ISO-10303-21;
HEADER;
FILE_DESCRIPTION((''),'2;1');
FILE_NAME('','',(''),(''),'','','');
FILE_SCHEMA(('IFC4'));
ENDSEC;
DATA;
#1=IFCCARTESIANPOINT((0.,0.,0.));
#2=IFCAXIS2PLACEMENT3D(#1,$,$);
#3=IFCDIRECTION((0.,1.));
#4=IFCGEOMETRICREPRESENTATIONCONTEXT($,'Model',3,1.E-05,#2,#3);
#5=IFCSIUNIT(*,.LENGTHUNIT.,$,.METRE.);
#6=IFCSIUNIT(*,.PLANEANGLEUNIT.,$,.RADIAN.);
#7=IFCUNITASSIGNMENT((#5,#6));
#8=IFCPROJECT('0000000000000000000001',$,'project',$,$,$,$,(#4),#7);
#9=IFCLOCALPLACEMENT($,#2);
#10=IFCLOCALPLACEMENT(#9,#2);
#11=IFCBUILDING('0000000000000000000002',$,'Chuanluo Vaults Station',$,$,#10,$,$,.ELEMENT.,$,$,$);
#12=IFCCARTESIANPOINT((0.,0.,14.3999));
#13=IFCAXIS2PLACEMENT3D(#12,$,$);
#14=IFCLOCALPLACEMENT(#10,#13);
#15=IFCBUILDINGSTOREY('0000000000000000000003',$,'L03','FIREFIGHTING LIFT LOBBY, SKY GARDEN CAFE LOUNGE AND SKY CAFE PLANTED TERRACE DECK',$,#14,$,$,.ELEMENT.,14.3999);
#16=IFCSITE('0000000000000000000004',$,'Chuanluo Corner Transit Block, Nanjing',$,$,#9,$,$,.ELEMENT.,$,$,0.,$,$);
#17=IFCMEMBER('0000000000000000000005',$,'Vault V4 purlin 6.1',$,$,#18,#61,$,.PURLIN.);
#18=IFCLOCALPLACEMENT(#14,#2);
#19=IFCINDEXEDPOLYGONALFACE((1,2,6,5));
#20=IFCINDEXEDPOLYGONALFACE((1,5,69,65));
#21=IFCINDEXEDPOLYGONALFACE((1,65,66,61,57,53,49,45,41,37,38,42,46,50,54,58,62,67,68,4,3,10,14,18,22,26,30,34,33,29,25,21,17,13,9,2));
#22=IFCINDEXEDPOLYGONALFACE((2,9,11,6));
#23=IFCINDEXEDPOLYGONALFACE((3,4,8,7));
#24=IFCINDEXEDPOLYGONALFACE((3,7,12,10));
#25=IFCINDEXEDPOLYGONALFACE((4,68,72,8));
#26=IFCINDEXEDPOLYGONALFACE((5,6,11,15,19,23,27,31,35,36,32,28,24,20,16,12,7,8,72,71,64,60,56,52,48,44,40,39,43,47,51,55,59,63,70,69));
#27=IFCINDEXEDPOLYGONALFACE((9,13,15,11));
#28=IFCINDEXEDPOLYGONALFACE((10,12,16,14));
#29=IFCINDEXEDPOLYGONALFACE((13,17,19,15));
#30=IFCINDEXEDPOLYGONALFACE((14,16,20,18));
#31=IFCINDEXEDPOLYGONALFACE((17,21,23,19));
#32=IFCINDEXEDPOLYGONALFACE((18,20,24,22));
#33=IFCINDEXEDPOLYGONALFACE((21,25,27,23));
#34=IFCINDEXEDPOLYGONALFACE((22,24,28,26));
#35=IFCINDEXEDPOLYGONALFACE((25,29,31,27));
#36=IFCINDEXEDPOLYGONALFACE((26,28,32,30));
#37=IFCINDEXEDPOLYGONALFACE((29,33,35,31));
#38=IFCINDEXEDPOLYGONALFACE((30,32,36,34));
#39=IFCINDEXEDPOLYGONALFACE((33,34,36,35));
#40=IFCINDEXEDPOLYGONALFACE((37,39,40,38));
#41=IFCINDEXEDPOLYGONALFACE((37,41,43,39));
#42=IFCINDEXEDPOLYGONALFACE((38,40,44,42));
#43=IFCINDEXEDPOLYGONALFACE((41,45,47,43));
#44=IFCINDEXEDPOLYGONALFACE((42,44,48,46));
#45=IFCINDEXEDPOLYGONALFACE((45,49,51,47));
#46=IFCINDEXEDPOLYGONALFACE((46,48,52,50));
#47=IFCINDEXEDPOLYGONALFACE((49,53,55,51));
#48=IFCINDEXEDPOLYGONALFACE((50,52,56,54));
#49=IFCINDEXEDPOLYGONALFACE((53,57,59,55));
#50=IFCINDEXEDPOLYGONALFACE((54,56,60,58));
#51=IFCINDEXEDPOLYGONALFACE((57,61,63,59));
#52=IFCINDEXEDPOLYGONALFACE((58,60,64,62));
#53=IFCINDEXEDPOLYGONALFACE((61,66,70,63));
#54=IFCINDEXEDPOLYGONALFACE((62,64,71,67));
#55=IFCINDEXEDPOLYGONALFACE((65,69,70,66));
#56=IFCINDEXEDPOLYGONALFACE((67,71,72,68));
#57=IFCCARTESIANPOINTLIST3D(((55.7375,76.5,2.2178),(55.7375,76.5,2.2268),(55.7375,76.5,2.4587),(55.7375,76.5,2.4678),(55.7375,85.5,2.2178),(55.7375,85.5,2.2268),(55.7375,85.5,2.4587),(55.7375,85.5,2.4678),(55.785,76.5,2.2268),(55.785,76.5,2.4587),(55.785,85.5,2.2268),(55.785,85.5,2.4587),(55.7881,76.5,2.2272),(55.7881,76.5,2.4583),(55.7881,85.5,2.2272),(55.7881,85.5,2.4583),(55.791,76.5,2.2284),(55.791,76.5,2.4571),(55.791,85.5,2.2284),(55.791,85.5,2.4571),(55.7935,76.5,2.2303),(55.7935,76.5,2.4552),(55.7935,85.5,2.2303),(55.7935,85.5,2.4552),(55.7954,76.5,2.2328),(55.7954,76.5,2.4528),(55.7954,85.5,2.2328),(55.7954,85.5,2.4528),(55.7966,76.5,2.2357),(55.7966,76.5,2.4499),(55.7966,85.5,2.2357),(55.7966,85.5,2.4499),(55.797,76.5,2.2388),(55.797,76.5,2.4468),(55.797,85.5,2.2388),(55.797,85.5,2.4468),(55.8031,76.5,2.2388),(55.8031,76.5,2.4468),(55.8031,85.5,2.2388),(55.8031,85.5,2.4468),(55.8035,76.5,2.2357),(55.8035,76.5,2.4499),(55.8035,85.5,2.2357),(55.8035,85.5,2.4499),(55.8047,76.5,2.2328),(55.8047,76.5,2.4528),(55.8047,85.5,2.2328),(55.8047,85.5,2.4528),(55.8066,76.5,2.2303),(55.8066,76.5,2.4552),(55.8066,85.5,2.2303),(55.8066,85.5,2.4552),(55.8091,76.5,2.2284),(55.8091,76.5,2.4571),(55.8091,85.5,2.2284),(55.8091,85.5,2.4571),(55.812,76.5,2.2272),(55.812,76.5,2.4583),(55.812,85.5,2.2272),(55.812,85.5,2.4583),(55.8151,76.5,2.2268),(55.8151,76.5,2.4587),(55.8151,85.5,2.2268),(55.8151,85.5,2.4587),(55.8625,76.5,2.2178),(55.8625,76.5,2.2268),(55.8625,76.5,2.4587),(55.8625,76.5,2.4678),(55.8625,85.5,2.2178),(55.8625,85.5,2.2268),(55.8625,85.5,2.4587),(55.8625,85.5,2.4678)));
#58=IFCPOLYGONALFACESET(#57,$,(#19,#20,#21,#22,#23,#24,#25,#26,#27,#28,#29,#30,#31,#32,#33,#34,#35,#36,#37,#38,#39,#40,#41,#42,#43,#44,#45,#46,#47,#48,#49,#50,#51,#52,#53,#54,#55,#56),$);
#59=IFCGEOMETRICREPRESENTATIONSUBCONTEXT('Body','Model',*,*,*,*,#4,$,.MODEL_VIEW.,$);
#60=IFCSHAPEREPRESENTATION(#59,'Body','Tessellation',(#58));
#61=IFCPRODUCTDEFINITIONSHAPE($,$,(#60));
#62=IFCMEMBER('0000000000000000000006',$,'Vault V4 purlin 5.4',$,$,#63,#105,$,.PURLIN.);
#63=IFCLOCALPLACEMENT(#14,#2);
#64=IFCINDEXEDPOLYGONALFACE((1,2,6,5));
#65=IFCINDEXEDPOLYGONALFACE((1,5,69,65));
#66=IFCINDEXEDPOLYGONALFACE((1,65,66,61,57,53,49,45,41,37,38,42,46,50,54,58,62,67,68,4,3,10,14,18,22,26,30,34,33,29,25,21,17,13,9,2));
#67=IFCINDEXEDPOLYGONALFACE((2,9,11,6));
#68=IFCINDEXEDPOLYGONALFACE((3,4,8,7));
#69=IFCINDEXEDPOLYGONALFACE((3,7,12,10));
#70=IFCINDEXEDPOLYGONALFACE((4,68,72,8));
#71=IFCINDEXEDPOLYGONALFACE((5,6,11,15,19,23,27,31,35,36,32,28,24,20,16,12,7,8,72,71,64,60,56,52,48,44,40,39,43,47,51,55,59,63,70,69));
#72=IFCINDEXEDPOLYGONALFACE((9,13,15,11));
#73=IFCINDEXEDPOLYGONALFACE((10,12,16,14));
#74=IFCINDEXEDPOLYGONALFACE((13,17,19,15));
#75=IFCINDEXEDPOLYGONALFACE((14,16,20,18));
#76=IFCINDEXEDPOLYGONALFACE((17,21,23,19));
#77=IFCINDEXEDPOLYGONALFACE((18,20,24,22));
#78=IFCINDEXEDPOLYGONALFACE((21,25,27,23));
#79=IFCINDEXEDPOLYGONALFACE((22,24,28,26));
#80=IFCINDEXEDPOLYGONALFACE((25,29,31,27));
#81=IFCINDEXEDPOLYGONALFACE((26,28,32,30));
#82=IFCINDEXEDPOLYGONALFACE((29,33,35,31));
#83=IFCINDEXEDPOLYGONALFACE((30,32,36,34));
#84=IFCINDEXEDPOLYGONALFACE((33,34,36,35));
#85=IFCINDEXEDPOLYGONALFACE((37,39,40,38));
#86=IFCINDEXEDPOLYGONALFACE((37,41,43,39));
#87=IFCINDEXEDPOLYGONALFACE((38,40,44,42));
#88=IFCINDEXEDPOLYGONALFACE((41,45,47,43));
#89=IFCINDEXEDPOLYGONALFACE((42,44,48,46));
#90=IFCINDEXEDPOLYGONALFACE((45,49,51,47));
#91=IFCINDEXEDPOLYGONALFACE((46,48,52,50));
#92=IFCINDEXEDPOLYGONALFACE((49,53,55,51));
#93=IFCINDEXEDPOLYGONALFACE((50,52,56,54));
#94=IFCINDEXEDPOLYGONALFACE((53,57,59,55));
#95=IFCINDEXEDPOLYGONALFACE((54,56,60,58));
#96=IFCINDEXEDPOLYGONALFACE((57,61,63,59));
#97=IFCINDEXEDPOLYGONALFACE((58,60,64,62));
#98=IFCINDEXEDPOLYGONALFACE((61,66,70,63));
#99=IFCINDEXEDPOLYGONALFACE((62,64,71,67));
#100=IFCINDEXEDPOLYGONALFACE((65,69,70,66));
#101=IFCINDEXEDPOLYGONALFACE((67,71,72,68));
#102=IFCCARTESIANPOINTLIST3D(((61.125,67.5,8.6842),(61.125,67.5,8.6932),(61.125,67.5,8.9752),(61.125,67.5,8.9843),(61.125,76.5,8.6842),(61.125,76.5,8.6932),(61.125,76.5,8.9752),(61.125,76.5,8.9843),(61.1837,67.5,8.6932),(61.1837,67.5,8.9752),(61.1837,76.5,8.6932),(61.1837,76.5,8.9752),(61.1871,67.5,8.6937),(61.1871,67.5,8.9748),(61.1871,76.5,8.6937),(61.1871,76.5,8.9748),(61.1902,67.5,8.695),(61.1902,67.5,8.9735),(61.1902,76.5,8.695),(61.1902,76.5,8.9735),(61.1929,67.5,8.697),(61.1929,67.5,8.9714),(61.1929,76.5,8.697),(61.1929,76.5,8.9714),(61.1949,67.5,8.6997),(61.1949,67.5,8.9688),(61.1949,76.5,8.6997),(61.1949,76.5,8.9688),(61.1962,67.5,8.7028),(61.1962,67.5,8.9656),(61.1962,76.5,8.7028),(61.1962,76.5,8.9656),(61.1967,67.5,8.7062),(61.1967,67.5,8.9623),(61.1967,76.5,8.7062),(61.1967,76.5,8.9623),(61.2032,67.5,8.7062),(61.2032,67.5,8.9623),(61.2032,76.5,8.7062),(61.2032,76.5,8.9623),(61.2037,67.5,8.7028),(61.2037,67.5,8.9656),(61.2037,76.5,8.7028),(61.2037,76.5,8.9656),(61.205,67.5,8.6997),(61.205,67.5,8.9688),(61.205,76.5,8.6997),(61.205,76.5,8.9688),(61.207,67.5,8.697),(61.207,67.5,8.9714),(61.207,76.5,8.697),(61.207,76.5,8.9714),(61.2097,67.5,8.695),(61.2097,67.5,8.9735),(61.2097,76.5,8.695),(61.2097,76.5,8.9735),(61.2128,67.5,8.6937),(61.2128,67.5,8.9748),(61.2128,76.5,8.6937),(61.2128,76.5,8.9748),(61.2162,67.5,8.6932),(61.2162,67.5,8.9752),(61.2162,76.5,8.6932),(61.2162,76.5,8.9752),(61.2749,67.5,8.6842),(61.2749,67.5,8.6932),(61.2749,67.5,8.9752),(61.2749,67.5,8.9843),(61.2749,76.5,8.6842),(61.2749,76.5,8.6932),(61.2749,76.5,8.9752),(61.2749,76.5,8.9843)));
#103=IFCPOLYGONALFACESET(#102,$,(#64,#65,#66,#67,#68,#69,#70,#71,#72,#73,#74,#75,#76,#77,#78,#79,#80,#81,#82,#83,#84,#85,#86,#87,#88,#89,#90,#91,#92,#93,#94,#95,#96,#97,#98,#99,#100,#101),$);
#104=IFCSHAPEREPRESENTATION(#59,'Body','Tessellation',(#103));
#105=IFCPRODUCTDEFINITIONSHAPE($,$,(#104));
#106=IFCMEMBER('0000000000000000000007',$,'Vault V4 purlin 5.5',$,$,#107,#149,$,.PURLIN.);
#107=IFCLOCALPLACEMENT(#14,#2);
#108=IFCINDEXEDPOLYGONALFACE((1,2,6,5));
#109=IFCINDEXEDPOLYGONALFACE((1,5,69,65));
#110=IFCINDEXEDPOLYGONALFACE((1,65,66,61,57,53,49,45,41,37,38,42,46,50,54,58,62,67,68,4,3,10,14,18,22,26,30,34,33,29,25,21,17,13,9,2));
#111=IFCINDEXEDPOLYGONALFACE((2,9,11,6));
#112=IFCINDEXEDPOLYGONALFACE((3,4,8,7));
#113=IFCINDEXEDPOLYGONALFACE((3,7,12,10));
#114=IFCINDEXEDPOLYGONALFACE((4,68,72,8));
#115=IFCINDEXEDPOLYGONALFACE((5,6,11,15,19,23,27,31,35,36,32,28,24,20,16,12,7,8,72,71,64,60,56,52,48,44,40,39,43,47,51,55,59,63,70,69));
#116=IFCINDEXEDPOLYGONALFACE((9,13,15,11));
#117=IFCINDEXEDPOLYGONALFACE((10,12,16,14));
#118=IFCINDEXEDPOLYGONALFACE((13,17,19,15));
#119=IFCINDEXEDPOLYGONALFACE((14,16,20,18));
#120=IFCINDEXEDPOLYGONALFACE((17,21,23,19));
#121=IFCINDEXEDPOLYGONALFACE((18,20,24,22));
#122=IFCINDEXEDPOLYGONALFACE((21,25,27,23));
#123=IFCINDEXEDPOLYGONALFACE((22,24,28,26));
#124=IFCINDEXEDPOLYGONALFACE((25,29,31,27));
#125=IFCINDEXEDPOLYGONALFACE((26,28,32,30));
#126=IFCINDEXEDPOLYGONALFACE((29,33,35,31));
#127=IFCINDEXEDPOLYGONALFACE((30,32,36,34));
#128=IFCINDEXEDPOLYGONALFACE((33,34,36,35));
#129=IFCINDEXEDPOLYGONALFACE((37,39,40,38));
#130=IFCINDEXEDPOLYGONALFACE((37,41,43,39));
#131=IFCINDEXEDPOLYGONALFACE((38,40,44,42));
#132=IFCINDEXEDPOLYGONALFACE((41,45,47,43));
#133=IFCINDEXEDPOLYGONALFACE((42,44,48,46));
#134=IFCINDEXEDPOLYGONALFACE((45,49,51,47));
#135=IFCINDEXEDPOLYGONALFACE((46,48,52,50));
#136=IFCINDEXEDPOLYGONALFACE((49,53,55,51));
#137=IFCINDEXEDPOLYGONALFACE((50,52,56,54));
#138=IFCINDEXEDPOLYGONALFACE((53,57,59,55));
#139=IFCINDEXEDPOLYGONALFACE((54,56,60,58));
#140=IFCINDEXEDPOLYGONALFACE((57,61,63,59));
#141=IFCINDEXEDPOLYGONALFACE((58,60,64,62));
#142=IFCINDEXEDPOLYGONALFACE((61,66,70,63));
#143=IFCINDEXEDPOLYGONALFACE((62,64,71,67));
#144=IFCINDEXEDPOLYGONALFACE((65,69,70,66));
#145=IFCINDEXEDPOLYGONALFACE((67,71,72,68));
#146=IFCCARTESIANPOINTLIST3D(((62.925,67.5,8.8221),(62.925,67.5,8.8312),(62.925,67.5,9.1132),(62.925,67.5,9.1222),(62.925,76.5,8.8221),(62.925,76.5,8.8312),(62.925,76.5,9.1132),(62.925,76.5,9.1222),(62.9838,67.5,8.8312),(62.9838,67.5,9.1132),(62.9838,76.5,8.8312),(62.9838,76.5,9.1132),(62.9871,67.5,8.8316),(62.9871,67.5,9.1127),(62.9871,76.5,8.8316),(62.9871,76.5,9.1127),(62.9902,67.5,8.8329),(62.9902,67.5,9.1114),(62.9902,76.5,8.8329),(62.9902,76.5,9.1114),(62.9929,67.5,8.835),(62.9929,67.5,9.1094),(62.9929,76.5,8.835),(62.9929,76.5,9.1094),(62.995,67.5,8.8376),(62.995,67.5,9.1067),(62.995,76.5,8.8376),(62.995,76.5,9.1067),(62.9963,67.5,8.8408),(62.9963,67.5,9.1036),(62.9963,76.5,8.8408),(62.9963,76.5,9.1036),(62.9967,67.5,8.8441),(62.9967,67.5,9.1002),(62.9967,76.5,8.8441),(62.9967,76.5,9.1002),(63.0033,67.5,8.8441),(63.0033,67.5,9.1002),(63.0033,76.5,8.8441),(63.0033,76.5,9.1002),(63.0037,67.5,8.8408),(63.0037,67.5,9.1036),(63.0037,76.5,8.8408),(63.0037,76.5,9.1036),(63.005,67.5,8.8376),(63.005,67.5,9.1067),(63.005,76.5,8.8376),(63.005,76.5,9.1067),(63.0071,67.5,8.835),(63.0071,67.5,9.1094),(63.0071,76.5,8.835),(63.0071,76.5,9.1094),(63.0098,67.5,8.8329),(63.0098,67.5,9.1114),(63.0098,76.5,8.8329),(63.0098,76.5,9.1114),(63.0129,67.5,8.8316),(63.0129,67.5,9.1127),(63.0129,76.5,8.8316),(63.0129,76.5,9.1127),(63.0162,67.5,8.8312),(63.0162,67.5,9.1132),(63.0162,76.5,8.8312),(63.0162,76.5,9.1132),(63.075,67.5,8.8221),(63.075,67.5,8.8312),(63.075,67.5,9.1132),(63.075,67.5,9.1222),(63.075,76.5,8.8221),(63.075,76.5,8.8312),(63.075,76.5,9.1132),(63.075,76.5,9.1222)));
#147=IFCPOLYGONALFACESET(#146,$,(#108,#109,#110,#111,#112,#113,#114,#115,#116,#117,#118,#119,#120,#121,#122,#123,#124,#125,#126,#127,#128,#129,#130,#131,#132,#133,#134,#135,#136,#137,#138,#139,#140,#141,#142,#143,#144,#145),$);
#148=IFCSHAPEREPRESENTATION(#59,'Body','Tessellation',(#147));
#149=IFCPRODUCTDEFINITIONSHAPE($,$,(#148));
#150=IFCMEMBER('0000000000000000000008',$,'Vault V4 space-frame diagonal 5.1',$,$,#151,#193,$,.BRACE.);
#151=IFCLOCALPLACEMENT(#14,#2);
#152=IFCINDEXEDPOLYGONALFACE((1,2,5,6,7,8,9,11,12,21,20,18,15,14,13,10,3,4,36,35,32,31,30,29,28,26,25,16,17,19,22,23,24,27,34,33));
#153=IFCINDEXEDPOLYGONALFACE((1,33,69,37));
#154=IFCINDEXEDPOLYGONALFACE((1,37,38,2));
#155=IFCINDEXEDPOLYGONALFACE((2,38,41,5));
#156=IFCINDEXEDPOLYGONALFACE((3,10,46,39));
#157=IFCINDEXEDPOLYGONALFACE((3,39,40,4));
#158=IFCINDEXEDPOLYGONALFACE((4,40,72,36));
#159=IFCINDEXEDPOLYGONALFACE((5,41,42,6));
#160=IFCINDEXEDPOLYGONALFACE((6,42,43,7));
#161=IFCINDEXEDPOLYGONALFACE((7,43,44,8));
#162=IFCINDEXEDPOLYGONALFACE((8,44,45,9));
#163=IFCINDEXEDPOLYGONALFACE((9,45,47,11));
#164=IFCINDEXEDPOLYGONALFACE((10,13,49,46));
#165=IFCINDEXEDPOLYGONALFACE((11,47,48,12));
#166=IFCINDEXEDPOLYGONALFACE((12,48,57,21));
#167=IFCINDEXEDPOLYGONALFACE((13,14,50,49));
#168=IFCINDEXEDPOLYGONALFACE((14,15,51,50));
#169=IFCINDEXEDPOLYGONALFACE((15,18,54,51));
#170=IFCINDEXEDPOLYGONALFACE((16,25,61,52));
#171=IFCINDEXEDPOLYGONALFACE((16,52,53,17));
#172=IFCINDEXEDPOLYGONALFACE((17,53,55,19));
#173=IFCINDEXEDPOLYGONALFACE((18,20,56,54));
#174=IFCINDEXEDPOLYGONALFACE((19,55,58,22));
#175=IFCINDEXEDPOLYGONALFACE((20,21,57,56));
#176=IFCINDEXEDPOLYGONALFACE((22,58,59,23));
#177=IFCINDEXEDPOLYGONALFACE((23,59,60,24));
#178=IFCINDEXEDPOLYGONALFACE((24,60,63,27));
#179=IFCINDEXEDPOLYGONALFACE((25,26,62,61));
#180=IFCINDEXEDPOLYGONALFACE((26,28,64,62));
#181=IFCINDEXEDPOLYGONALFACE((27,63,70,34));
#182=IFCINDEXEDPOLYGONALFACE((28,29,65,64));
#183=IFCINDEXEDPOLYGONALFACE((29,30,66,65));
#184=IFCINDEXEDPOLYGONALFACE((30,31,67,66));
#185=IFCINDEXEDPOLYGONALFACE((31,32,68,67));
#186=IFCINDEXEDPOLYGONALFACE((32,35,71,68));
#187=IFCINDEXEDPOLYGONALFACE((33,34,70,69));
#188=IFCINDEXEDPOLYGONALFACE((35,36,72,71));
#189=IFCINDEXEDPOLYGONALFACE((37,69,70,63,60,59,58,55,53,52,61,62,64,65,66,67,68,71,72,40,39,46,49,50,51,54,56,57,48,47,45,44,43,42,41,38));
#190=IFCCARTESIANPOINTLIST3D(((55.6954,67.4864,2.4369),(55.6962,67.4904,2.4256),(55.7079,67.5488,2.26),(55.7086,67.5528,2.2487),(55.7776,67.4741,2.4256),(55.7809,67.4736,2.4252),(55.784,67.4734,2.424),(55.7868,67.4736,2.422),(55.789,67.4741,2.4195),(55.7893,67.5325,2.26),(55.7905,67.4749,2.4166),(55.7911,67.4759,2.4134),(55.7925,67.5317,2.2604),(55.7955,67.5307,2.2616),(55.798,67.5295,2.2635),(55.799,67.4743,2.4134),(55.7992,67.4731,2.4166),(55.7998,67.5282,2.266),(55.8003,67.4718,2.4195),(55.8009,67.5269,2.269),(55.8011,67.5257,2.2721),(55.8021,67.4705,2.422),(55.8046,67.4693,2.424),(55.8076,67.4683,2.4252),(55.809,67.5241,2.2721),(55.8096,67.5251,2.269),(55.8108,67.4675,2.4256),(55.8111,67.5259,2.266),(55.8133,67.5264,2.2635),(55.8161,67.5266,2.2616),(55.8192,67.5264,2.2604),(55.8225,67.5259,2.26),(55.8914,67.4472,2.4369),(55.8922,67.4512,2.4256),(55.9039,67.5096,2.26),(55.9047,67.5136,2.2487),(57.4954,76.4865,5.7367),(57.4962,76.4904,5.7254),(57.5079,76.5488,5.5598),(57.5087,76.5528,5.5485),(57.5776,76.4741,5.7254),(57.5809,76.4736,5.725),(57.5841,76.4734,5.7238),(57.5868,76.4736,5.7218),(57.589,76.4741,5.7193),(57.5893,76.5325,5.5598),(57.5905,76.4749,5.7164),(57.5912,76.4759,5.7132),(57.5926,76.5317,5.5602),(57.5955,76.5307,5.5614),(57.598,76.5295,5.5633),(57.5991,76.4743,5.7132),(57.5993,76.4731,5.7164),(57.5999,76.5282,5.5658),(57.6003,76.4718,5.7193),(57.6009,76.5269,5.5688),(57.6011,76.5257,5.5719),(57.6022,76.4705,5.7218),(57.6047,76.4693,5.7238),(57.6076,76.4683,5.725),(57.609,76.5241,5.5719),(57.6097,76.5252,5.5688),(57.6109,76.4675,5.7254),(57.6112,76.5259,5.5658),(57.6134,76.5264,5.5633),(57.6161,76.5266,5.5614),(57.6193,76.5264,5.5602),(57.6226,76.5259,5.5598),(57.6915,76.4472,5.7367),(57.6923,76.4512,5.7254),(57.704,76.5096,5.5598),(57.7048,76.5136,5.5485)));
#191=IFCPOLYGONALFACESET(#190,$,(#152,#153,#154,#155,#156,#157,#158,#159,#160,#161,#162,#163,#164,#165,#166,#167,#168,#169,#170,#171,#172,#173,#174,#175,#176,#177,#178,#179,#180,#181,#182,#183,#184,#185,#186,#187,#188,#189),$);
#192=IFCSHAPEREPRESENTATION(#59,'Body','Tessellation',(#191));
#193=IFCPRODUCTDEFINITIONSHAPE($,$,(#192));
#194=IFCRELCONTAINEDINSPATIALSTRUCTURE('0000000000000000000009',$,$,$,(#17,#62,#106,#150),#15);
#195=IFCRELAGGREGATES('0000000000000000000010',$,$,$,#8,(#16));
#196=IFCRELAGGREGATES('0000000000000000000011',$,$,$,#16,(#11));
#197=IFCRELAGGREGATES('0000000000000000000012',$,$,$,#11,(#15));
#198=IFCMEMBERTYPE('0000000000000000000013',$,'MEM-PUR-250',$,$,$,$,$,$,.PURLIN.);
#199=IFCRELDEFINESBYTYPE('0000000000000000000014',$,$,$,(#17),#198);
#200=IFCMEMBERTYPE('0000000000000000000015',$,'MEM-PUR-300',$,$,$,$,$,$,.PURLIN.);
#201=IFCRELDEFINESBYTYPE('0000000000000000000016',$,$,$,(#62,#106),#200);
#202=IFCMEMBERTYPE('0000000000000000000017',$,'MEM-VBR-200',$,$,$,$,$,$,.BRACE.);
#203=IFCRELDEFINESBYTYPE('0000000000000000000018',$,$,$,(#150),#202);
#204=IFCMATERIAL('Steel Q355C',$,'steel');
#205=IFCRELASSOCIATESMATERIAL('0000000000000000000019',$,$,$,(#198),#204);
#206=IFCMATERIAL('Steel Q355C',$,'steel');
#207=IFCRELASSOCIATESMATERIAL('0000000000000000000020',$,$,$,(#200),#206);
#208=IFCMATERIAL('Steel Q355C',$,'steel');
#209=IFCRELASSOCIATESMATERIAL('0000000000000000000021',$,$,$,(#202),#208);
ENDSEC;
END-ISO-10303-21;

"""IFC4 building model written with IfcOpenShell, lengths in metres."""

from ifc_helpers import new_model, si_unit, direction, frame, origin, origin_2d, place, context, subcontext, project, spatial, i_section, extrude, material, material_profile, profile_set, type_object, element, save


model = new_model("IFC4")

# Units and contexts
model_context = context("Model", 3, precision=1e-05, world=origin(), true_north=direction((0.0, 1.0)))
body_context = subcontext(model_context, "Body", "Model", "MODEL_VIEW")
ifc_project = project(units=[si_unit("LENGTHUNIT", "METRE"), si_unit("PLANEANGLEUNIT", "RADIAN")], contexts=[model_context])

# Site, building, storey
site_placement = place(None, origin())
site = spatial("IfcSite", under=ifc_project, at=site_placement, Name="Chuanluo Corner Transit Block, Nanjing", CompositionType="ELEMENT", RefElevation=0.0)
building_placement = place(site_placement, origin())
building = spatial("IfcBuilding", under=site, at=building_placement, Name="Chuanluo Vaults Station", CompositionType="ELEMENT")
storey_placement = place(building_placement, frame((0.0, 0.0, 14.3999)))
storey = spatial("IfcBuildingStorey", under=building, at=storey_placement, Name="L03", Description="FIREFIGHTING LIFT LOBBY, SKY GARDEN CAFE LOUNGE AND SKY CAFE PLANTED TERRACE DECK", CompositionType="ELEMENT", Elevation=14.3999)

# Members
ifc_material_1 = material(Name="Steel Q355C", Category="steel")
ifc_material_profile_1 = material_profile(ifc_material_1, i_section(OverallWidth=0.125, OverallDepth=0.25, WebThickness=0.0061, FlangeThickness=0.009, FilletRadius=0.012, at=origin_2d()))
ifc_profile_set_1 = profile_set([ifc_material_profile_1], Name="Steel Q355C")
member_type_1 = type_object("IfcMemberType", Name="MEM-PUR-250", PredefinedType="PURLIN", material=ifc_profile_set_1)
for number, where, z_axis, x_axis, name in (
    (1, (55.8, 76.5, 2.3428), (0.0, 1.0, 0.0), (-1.0, 0.0, 0.0), "Vault V4 purlin 6.1"),
):
    element("IfcMember", number, at=place(storey_placement, frame(where, z_axis=z_axis, x_axis=x_axis)), inside=storey, type_object=member_type_1, Name=name, PredefinedType="PURLIN", context=body_context, shape_type="SweptSolid", body=[
        extrude(i_section(OverallWidth=0.125, OverallDepth=0.25, WebThickness=0.0061, FlangeThickness=0.009, FilletRadius=0.012, at=origin_2d()), origin(), (0.0, 0.0, 1.0), 9.0),
    ])
ifc_material_2 = material(Name="Steel Q355C", Category="steel")
ifc_material_profile_2 = material_profile(ifc_material_2, i_section(OverallWidth=0.1499, OverallDepth=0.3, WebThickness=0.0066, FlangeThickness=0.009, FilletRadius=0.0129, at=origin_2d()))
ifc_profile_set_2 = profile_set([ifc_material_profile_2], Name="Steel Q355C")
member_type_2 = type_object("IfcMemberType", Name="MEM-PUR-300", PredefinedType="PURLIN", material=ifc_profile_set_2)
for number, where, z_axis, x_axis, name in (
    (2, (61.2, 67.5, 8.8342), (0.0, 1.0, 0.0), (-1.0, 0.0, 0.0), "Vault V4 purlin 5.4"),
    (3, (63.0, 67.5, 8.9722), (0.0, 1.0, 0.0), (-1.0, 0.0, 0.0), "Vault V4 purlin 5.5"),
):
    element("IfcMember", number, at=place(storey_placement, frame(where, z_axis=z_axis, x_axis=x_axis)), inside=storey, type_object=member_type_2, Name=name, PredefinedType="PURLIN", context=body_context, shape_type="SweptSolid", body=[
        extrude(i_section(OverallWidth=0.1499, OverallDepth=0.3, WebThickness=0.0066, FlangeThickness=0.009, FilletRadius=0.0129, at=origin_2d()), origin(), (0.0, 0.0, 1.0), 9.0),
    ])
ifc_material_3 = material(Name="Steel Q355C", Category="steel")
ifc_material_profile_3 = material_profile(ifc_material_3, i_section(OverallWidth=0.2, OverallDepth=0.2, WebThickness=0.0081, FlangeThickness=0.012, FilletRadius=0.0129, at=origin_2d()))
ifc_profile_set_3 = profile_set([ifc_material_profile_3], Name="Steel Q355C")
member_type_3 = type_object("IfcMemberType", Name="MEM-VBR-200", PredefinedType="BRACE", material=ifc_profile_set_3)
member_1_placement = place(storey_placement, frame((55.8, 67.5, 2.3428), z_axis=(0.184556, 0.922755, 0.338323), x_axis=(-0.98058, 0.196121, 0.0)))
element("IfcMember", 4, at=member_1_placement, inside=storey, type_object=member_type_3, Name="Vault V4 space-frame diagonal 5.1", PredefinedType="BRACE", context=body_context, shape_type="SweptSolid", body=[
    extrude(i_section(OverallWidth=0.2, OverallDepth=0.2, WebThickness=0.0081, FlangeThickness=0.012, FilletRadius=0.0129, at=origin_2d()), origin(), (0.0, 0.0, 1.0), 9.7534),
])

save(model, "model.ifc")
